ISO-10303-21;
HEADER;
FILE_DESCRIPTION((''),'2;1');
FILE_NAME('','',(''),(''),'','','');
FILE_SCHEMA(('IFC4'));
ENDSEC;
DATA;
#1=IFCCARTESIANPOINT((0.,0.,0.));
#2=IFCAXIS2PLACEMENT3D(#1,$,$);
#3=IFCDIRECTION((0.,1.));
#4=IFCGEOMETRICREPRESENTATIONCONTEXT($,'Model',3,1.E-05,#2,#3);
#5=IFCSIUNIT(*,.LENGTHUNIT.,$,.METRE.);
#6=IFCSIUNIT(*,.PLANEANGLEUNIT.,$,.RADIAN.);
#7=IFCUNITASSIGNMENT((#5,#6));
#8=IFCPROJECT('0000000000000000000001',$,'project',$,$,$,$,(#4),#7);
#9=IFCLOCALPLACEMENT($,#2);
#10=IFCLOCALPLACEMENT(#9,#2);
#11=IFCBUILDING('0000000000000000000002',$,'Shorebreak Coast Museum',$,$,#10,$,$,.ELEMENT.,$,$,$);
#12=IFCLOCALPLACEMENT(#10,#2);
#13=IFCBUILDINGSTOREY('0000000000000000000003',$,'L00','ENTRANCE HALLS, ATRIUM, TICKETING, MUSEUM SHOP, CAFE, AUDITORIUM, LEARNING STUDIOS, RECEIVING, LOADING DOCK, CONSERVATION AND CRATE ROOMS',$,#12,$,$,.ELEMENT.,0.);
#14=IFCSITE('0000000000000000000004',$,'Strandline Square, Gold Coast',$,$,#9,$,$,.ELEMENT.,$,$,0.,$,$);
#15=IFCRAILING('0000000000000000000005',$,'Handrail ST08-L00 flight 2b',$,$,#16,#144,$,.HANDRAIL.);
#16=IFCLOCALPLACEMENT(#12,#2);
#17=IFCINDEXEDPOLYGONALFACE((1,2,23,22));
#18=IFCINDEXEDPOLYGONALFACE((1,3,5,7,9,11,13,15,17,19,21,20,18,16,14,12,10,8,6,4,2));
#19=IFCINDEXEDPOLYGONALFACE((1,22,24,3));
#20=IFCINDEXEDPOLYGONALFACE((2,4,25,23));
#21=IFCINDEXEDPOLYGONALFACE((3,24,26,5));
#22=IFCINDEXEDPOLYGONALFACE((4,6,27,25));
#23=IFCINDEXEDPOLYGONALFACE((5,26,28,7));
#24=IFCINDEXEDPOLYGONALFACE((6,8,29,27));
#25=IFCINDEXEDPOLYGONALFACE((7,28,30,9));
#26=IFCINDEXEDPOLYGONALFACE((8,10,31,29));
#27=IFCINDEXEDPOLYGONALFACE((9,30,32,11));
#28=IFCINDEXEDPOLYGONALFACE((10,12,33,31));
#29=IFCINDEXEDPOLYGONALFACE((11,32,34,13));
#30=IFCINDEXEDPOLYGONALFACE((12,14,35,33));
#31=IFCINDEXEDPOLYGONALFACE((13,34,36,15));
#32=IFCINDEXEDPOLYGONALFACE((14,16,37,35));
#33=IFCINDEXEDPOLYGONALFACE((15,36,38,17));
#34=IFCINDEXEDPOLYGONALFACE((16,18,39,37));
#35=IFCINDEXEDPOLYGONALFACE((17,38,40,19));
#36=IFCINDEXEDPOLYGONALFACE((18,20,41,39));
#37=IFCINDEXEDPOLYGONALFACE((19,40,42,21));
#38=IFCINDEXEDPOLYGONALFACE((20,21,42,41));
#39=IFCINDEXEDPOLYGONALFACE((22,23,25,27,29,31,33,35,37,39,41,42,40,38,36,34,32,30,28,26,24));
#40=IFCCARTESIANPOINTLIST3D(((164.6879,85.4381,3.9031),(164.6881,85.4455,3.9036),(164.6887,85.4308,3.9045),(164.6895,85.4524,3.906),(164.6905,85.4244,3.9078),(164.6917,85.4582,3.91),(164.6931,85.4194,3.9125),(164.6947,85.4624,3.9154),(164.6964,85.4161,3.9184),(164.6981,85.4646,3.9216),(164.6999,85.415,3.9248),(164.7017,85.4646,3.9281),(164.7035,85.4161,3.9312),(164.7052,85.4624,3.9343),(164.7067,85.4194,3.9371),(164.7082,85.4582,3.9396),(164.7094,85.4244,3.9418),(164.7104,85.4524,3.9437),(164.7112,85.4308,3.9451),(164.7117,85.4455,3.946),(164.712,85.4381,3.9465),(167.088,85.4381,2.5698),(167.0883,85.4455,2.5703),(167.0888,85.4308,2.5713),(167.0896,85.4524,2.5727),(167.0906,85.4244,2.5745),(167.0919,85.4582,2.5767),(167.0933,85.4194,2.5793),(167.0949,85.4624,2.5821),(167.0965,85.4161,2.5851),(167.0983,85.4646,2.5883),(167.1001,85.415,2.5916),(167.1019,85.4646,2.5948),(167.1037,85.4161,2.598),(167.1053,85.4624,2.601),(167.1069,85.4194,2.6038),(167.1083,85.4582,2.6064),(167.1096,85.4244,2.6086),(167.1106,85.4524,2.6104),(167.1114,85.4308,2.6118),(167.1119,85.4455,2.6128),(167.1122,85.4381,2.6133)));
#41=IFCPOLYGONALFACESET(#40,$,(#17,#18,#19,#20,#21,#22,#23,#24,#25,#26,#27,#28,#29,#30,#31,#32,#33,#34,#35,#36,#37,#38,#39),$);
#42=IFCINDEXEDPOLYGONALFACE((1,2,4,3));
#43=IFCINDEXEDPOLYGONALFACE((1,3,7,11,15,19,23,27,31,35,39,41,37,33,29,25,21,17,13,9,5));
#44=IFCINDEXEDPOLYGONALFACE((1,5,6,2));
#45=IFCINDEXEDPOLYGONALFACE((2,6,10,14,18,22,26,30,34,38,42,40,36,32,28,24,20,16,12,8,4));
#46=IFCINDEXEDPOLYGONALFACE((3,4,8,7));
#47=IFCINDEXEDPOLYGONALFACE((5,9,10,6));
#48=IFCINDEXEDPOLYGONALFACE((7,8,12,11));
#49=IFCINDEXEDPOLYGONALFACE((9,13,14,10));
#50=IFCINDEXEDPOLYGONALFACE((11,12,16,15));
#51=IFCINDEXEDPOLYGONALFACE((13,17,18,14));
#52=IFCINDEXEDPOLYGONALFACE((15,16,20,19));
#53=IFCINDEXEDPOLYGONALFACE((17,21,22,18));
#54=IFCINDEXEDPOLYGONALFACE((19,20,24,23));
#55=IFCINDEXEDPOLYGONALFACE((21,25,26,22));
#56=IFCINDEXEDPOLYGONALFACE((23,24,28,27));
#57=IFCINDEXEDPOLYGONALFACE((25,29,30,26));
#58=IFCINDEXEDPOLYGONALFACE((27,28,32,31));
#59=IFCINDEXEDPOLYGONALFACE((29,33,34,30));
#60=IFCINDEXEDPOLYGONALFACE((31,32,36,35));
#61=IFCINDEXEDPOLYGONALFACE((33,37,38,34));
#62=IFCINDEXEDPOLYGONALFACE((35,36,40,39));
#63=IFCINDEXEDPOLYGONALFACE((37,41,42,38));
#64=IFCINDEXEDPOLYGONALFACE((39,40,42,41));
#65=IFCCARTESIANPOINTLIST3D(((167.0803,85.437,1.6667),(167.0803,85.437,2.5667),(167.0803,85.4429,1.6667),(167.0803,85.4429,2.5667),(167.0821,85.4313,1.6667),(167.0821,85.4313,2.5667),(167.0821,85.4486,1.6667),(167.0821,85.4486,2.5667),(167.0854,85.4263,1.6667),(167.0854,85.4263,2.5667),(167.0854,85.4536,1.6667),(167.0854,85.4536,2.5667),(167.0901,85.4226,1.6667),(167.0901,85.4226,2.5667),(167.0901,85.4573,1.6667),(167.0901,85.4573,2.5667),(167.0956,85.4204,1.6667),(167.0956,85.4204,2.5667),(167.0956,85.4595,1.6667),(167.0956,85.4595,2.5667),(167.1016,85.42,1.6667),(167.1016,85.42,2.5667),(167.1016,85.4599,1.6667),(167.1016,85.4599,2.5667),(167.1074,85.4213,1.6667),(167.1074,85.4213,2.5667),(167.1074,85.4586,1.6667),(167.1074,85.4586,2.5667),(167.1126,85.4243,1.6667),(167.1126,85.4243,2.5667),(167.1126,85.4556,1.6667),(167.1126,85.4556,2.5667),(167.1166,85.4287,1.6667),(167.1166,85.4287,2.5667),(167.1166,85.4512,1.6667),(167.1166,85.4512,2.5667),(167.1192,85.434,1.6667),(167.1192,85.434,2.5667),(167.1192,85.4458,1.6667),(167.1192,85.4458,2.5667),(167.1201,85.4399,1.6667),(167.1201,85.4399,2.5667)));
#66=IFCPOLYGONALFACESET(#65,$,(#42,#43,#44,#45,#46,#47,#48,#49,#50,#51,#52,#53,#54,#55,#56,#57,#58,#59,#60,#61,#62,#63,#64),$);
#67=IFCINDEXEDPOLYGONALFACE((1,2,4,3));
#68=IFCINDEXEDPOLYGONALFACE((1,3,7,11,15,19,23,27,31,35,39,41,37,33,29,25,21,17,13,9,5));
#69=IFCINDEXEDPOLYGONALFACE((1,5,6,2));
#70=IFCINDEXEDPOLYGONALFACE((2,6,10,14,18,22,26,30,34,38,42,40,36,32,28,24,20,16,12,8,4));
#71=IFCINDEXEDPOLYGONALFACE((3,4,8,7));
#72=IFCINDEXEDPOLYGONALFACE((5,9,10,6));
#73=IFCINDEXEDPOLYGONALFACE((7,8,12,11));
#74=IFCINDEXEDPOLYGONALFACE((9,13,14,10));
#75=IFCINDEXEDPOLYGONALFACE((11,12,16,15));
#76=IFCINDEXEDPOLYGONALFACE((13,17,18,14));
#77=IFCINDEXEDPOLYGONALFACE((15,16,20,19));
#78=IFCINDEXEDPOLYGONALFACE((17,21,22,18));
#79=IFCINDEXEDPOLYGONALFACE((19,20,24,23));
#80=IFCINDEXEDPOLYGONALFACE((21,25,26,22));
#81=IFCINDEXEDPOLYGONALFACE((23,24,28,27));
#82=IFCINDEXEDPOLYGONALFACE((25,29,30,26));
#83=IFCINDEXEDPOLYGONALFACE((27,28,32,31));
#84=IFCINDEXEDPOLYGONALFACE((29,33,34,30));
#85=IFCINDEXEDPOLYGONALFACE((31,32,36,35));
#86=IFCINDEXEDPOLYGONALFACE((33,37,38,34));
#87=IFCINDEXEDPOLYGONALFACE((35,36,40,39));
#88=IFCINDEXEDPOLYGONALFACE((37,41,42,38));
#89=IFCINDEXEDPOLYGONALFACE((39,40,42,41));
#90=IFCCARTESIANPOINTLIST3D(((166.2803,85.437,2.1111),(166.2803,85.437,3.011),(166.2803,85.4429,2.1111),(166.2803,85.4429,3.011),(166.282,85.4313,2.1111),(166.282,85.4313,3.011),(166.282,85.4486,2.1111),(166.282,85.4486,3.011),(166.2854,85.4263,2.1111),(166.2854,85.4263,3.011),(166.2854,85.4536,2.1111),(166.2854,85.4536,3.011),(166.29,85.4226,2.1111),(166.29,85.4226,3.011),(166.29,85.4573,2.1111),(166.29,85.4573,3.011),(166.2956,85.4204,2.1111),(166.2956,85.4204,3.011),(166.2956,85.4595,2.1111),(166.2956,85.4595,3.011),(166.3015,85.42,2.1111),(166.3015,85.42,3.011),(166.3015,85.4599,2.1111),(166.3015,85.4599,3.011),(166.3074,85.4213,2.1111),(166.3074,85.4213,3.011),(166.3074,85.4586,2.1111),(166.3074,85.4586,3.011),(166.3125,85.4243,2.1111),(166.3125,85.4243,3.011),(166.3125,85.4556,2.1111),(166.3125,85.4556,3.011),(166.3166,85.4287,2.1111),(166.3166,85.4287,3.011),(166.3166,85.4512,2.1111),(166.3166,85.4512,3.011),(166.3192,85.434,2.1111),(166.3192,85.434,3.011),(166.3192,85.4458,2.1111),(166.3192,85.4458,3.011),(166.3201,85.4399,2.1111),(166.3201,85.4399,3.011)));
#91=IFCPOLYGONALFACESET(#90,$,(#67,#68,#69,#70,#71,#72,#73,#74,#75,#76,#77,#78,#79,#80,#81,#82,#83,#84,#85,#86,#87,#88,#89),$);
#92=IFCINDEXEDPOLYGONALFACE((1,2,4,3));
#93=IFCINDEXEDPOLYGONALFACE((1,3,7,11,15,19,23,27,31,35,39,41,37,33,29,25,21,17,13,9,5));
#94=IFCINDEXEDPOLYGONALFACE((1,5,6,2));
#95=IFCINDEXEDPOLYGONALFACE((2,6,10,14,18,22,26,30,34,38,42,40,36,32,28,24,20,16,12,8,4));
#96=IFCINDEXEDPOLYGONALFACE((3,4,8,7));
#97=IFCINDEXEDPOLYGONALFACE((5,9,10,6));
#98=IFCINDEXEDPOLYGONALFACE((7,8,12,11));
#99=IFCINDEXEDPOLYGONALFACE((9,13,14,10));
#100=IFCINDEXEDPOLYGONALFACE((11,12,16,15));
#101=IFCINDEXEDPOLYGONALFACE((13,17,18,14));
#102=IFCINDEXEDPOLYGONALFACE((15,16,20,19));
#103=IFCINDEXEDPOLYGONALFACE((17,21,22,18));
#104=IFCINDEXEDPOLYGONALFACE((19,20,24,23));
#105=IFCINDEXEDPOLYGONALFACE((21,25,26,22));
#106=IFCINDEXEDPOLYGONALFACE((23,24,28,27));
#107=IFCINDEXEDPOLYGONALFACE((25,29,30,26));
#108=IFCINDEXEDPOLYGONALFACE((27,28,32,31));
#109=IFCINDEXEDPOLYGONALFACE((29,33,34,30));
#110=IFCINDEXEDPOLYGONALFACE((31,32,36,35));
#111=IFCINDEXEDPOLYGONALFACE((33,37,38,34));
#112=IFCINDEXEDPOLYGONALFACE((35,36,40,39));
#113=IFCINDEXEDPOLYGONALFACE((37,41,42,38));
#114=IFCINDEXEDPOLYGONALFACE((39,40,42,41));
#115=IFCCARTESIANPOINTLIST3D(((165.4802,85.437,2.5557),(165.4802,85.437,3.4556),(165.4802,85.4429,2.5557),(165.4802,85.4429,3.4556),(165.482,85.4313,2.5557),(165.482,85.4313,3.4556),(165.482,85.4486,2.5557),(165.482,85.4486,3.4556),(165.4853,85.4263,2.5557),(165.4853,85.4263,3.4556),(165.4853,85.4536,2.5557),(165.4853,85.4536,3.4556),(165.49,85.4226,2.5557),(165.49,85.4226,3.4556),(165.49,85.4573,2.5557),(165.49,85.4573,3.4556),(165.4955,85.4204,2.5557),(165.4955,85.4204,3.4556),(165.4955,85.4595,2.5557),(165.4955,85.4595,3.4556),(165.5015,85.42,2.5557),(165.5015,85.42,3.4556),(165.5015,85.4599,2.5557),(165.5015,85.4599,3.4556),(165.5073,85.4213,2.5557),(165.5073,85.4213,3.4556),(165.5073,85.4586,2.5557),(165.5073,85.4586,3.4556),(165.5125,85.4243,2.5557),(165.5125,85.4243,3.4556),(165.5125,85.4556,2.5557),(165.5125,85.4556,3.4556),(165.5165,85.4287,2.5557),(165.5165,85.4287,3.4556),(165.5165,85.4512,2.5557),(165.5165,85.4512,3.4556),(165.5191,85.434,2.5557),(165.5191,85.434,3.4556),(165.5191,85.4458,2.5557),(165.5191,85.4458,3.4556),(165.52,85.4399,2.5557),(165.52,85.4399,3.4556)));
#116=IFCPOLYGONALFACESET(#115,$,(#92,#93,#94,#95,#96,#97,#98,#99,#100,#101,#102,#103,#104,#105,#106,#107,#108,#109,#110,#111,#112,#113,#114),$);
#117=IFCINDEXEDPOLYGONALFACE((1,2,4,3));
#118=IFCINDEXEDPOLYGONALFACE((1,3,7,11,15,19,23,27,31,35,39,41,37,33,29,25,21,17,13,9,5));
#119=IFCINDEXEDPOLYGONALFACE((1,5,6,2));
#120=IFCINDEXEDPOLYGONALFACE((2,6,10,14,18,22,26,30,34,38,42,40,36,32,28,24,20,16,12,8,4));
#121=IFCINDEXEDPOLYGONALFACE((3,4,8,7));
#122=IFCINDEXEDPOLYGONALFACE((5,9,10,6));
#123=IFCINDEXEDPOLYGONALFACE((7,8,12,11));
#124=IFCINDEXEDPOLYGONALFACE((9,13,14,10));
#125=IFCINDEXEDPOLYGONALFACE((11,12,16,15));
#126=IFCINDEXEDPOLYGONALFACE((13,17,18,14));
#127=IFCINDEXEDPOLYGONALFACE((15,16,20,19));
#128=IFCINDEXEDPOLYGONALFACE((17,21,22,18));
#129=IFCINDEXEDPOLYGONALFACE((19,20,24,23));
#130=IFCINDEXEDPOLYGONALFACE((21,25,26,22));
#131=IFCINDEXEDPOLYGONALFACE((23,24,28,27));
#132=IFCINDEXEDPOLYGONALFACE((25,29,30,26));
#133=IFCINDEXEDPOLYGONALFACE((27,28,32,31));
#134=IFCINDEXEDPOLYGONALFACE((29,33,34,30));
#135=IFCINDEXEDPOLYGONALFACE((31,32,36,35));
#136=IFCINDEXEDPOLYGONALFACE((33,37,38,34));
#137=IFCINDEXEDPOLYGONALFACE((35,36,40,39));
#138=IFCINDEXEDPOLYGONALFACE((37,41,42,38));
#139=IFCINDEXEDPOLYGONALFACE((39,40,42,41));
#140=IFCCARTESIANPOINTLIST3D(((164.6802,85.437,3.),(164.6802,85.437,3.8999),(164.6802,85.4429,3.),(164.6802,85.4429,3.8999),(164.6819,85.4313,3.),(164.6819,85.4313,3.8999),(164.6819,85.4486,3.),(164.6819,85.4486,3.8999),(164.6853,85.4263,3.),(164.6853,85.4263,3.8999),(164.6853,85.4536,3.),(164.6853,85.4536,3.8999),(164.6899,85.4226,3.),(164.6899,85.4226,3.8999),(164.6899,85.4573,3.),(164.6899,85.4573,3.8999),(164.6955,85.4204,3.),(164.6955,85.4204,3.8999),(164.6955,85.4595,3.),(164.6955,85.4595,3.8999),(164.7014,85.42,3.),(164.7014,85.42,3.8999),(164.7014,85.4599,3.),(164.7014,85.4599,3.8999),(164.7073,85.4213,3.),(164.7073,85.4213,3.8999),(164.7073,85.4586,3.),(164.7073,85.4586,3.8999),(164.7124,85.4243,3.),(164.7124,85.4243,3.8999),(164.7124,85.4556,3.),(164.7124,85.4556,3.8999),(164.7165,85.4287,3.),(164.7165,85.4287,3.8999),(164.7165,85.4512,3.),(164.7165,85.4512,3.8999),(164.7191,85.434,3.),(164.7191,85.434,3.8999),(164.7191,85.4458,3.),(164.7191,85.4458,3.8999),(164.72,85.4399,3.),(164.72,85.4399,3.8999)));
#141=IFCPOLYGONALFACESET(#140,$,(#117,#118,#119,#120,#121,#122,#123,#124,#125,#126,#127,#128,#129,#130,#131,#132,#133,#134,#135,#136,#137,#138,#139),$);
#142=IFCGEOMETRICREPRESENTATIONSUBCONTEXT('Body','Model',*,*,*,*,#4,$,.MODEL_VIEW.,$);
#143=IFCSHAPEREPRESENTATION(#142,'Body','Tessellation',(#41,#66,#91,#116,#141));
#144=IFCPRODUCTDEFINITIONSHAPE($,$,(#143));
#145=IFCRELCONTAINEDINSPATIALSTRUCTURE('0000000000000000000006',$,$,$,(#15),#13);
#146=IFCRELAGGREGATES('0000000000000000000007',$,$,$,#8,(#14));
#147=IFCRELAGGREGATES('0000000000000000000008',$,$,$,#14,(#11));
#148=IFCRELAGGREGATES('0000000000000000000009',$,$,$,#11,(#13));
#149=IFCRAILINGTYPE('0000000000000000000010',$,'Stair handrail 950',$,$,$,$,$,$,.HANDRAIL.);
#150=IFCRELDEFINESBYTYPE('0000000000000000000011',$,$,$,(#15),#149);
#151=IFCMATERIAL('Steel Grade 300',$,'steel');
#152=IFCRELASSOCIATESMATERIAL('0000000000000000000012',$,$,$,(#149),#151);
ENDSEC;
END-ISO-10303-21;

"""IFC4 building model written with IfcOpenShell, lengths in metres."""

from ifc_helpers import new_model, si_unit, direction, frame, origin, origin_2d, place, context, subcontext, project, spatial, circle, extrude, material, type_object, element, save


model = new_model("IFC4")

# Units and contexts
model_context = context("Model", 3, precision=1e-05, world=origin(), true_north=direction((0.0, 1.0)))
body_context = subcontext(model_context, "Body", "Model", "MODEL_VIEW")
ifc_project = project(units=[si_unit("LENGTHUNIT", "METRE"), si_unit("PLANEANGLEUNIT", "RADIAN")], contexts=[model_context])

# Site, building, storey
site_placement = place(None, origin())
site = spatial("IfcSite", under=ifc_project, at=site_placement, Name="Strandline Square, Gold Coast", CompositionType="ELEMENT", RefElevation=0.0)
building_placement = place(site_placement, origin())
building = spatial("IfcBuilding", under=site, at=building_placement, Name="Shorebreak Coast Museum", CompositionType="ELEMENT")
storey_placement = place(building_placement, origin())
storey = spatial("IfcBuildingStorey", under=building, at=storey_placement, Name="L00", Description="ENTRANCE HALLS, ATRIUM, TICKETING, MUSEUM SHOP, CAFE, AUDITORIUM, LEARNING STUDIOS, RECEIVING, LOADING DOCK, CONSERVATION AND CRATE ROOMS", CompositionType="ELEMENT", Elevation=0.0)

# Railing
ifc_material_1 = material(Name="Steel Grade 300", Category="steel")
railing_type_1 = type_object("IfcRailingType", Name="Stair handrail 950", PredefinedType="HANDRAIL", material=ifc_material_1)
for number, where, name in (
    (1, (167.1001, 85.4399, 1.6667), "Handrail ST08-L00 flight 2b"),
):
    element("IfcRailing", number, at=place(storey_placement, frame(where)), inside=storey, type_object=railing_type_1, Name=name, PredefinedType="HANDRAIL", context=body_context, shape_type="SweptSolid", body=[
        extrude(circle(Radius=0.0249, at=origin_2d()), frame((0.0, 0.0, 0.9248), z_axis=(-0.874182, 0.0, 0.485598), x_axis=(0.0, -1.0, 0.0)), (0.0, 0.0, 1.0), 2.7456),
        extrude(circle(Radius=0.02, at=origin_2d()), origin(), (0.0, 0.0, 1.0), 0.8999),
        extrude(circle(Radius=0.02, at=origin_2d()), frame((-0.8, 0.0, 0.4443)), (0.0, 0.0, 1.0), 0.8999),
        extrude(circle(Radius=0.02, at=origin_2d()), frame((-1.6001, 0.0, 0.8889)), (0.0, 0.0, 1.0), 0.8999),
        extrude(circle(Radius=0.02, at=origin_2d()), frame((-2.4001, 0.0, 1.3333)), (0.0, 0.0, 1.0), 0.8999),
    ])

save(model, "model.ifc")
